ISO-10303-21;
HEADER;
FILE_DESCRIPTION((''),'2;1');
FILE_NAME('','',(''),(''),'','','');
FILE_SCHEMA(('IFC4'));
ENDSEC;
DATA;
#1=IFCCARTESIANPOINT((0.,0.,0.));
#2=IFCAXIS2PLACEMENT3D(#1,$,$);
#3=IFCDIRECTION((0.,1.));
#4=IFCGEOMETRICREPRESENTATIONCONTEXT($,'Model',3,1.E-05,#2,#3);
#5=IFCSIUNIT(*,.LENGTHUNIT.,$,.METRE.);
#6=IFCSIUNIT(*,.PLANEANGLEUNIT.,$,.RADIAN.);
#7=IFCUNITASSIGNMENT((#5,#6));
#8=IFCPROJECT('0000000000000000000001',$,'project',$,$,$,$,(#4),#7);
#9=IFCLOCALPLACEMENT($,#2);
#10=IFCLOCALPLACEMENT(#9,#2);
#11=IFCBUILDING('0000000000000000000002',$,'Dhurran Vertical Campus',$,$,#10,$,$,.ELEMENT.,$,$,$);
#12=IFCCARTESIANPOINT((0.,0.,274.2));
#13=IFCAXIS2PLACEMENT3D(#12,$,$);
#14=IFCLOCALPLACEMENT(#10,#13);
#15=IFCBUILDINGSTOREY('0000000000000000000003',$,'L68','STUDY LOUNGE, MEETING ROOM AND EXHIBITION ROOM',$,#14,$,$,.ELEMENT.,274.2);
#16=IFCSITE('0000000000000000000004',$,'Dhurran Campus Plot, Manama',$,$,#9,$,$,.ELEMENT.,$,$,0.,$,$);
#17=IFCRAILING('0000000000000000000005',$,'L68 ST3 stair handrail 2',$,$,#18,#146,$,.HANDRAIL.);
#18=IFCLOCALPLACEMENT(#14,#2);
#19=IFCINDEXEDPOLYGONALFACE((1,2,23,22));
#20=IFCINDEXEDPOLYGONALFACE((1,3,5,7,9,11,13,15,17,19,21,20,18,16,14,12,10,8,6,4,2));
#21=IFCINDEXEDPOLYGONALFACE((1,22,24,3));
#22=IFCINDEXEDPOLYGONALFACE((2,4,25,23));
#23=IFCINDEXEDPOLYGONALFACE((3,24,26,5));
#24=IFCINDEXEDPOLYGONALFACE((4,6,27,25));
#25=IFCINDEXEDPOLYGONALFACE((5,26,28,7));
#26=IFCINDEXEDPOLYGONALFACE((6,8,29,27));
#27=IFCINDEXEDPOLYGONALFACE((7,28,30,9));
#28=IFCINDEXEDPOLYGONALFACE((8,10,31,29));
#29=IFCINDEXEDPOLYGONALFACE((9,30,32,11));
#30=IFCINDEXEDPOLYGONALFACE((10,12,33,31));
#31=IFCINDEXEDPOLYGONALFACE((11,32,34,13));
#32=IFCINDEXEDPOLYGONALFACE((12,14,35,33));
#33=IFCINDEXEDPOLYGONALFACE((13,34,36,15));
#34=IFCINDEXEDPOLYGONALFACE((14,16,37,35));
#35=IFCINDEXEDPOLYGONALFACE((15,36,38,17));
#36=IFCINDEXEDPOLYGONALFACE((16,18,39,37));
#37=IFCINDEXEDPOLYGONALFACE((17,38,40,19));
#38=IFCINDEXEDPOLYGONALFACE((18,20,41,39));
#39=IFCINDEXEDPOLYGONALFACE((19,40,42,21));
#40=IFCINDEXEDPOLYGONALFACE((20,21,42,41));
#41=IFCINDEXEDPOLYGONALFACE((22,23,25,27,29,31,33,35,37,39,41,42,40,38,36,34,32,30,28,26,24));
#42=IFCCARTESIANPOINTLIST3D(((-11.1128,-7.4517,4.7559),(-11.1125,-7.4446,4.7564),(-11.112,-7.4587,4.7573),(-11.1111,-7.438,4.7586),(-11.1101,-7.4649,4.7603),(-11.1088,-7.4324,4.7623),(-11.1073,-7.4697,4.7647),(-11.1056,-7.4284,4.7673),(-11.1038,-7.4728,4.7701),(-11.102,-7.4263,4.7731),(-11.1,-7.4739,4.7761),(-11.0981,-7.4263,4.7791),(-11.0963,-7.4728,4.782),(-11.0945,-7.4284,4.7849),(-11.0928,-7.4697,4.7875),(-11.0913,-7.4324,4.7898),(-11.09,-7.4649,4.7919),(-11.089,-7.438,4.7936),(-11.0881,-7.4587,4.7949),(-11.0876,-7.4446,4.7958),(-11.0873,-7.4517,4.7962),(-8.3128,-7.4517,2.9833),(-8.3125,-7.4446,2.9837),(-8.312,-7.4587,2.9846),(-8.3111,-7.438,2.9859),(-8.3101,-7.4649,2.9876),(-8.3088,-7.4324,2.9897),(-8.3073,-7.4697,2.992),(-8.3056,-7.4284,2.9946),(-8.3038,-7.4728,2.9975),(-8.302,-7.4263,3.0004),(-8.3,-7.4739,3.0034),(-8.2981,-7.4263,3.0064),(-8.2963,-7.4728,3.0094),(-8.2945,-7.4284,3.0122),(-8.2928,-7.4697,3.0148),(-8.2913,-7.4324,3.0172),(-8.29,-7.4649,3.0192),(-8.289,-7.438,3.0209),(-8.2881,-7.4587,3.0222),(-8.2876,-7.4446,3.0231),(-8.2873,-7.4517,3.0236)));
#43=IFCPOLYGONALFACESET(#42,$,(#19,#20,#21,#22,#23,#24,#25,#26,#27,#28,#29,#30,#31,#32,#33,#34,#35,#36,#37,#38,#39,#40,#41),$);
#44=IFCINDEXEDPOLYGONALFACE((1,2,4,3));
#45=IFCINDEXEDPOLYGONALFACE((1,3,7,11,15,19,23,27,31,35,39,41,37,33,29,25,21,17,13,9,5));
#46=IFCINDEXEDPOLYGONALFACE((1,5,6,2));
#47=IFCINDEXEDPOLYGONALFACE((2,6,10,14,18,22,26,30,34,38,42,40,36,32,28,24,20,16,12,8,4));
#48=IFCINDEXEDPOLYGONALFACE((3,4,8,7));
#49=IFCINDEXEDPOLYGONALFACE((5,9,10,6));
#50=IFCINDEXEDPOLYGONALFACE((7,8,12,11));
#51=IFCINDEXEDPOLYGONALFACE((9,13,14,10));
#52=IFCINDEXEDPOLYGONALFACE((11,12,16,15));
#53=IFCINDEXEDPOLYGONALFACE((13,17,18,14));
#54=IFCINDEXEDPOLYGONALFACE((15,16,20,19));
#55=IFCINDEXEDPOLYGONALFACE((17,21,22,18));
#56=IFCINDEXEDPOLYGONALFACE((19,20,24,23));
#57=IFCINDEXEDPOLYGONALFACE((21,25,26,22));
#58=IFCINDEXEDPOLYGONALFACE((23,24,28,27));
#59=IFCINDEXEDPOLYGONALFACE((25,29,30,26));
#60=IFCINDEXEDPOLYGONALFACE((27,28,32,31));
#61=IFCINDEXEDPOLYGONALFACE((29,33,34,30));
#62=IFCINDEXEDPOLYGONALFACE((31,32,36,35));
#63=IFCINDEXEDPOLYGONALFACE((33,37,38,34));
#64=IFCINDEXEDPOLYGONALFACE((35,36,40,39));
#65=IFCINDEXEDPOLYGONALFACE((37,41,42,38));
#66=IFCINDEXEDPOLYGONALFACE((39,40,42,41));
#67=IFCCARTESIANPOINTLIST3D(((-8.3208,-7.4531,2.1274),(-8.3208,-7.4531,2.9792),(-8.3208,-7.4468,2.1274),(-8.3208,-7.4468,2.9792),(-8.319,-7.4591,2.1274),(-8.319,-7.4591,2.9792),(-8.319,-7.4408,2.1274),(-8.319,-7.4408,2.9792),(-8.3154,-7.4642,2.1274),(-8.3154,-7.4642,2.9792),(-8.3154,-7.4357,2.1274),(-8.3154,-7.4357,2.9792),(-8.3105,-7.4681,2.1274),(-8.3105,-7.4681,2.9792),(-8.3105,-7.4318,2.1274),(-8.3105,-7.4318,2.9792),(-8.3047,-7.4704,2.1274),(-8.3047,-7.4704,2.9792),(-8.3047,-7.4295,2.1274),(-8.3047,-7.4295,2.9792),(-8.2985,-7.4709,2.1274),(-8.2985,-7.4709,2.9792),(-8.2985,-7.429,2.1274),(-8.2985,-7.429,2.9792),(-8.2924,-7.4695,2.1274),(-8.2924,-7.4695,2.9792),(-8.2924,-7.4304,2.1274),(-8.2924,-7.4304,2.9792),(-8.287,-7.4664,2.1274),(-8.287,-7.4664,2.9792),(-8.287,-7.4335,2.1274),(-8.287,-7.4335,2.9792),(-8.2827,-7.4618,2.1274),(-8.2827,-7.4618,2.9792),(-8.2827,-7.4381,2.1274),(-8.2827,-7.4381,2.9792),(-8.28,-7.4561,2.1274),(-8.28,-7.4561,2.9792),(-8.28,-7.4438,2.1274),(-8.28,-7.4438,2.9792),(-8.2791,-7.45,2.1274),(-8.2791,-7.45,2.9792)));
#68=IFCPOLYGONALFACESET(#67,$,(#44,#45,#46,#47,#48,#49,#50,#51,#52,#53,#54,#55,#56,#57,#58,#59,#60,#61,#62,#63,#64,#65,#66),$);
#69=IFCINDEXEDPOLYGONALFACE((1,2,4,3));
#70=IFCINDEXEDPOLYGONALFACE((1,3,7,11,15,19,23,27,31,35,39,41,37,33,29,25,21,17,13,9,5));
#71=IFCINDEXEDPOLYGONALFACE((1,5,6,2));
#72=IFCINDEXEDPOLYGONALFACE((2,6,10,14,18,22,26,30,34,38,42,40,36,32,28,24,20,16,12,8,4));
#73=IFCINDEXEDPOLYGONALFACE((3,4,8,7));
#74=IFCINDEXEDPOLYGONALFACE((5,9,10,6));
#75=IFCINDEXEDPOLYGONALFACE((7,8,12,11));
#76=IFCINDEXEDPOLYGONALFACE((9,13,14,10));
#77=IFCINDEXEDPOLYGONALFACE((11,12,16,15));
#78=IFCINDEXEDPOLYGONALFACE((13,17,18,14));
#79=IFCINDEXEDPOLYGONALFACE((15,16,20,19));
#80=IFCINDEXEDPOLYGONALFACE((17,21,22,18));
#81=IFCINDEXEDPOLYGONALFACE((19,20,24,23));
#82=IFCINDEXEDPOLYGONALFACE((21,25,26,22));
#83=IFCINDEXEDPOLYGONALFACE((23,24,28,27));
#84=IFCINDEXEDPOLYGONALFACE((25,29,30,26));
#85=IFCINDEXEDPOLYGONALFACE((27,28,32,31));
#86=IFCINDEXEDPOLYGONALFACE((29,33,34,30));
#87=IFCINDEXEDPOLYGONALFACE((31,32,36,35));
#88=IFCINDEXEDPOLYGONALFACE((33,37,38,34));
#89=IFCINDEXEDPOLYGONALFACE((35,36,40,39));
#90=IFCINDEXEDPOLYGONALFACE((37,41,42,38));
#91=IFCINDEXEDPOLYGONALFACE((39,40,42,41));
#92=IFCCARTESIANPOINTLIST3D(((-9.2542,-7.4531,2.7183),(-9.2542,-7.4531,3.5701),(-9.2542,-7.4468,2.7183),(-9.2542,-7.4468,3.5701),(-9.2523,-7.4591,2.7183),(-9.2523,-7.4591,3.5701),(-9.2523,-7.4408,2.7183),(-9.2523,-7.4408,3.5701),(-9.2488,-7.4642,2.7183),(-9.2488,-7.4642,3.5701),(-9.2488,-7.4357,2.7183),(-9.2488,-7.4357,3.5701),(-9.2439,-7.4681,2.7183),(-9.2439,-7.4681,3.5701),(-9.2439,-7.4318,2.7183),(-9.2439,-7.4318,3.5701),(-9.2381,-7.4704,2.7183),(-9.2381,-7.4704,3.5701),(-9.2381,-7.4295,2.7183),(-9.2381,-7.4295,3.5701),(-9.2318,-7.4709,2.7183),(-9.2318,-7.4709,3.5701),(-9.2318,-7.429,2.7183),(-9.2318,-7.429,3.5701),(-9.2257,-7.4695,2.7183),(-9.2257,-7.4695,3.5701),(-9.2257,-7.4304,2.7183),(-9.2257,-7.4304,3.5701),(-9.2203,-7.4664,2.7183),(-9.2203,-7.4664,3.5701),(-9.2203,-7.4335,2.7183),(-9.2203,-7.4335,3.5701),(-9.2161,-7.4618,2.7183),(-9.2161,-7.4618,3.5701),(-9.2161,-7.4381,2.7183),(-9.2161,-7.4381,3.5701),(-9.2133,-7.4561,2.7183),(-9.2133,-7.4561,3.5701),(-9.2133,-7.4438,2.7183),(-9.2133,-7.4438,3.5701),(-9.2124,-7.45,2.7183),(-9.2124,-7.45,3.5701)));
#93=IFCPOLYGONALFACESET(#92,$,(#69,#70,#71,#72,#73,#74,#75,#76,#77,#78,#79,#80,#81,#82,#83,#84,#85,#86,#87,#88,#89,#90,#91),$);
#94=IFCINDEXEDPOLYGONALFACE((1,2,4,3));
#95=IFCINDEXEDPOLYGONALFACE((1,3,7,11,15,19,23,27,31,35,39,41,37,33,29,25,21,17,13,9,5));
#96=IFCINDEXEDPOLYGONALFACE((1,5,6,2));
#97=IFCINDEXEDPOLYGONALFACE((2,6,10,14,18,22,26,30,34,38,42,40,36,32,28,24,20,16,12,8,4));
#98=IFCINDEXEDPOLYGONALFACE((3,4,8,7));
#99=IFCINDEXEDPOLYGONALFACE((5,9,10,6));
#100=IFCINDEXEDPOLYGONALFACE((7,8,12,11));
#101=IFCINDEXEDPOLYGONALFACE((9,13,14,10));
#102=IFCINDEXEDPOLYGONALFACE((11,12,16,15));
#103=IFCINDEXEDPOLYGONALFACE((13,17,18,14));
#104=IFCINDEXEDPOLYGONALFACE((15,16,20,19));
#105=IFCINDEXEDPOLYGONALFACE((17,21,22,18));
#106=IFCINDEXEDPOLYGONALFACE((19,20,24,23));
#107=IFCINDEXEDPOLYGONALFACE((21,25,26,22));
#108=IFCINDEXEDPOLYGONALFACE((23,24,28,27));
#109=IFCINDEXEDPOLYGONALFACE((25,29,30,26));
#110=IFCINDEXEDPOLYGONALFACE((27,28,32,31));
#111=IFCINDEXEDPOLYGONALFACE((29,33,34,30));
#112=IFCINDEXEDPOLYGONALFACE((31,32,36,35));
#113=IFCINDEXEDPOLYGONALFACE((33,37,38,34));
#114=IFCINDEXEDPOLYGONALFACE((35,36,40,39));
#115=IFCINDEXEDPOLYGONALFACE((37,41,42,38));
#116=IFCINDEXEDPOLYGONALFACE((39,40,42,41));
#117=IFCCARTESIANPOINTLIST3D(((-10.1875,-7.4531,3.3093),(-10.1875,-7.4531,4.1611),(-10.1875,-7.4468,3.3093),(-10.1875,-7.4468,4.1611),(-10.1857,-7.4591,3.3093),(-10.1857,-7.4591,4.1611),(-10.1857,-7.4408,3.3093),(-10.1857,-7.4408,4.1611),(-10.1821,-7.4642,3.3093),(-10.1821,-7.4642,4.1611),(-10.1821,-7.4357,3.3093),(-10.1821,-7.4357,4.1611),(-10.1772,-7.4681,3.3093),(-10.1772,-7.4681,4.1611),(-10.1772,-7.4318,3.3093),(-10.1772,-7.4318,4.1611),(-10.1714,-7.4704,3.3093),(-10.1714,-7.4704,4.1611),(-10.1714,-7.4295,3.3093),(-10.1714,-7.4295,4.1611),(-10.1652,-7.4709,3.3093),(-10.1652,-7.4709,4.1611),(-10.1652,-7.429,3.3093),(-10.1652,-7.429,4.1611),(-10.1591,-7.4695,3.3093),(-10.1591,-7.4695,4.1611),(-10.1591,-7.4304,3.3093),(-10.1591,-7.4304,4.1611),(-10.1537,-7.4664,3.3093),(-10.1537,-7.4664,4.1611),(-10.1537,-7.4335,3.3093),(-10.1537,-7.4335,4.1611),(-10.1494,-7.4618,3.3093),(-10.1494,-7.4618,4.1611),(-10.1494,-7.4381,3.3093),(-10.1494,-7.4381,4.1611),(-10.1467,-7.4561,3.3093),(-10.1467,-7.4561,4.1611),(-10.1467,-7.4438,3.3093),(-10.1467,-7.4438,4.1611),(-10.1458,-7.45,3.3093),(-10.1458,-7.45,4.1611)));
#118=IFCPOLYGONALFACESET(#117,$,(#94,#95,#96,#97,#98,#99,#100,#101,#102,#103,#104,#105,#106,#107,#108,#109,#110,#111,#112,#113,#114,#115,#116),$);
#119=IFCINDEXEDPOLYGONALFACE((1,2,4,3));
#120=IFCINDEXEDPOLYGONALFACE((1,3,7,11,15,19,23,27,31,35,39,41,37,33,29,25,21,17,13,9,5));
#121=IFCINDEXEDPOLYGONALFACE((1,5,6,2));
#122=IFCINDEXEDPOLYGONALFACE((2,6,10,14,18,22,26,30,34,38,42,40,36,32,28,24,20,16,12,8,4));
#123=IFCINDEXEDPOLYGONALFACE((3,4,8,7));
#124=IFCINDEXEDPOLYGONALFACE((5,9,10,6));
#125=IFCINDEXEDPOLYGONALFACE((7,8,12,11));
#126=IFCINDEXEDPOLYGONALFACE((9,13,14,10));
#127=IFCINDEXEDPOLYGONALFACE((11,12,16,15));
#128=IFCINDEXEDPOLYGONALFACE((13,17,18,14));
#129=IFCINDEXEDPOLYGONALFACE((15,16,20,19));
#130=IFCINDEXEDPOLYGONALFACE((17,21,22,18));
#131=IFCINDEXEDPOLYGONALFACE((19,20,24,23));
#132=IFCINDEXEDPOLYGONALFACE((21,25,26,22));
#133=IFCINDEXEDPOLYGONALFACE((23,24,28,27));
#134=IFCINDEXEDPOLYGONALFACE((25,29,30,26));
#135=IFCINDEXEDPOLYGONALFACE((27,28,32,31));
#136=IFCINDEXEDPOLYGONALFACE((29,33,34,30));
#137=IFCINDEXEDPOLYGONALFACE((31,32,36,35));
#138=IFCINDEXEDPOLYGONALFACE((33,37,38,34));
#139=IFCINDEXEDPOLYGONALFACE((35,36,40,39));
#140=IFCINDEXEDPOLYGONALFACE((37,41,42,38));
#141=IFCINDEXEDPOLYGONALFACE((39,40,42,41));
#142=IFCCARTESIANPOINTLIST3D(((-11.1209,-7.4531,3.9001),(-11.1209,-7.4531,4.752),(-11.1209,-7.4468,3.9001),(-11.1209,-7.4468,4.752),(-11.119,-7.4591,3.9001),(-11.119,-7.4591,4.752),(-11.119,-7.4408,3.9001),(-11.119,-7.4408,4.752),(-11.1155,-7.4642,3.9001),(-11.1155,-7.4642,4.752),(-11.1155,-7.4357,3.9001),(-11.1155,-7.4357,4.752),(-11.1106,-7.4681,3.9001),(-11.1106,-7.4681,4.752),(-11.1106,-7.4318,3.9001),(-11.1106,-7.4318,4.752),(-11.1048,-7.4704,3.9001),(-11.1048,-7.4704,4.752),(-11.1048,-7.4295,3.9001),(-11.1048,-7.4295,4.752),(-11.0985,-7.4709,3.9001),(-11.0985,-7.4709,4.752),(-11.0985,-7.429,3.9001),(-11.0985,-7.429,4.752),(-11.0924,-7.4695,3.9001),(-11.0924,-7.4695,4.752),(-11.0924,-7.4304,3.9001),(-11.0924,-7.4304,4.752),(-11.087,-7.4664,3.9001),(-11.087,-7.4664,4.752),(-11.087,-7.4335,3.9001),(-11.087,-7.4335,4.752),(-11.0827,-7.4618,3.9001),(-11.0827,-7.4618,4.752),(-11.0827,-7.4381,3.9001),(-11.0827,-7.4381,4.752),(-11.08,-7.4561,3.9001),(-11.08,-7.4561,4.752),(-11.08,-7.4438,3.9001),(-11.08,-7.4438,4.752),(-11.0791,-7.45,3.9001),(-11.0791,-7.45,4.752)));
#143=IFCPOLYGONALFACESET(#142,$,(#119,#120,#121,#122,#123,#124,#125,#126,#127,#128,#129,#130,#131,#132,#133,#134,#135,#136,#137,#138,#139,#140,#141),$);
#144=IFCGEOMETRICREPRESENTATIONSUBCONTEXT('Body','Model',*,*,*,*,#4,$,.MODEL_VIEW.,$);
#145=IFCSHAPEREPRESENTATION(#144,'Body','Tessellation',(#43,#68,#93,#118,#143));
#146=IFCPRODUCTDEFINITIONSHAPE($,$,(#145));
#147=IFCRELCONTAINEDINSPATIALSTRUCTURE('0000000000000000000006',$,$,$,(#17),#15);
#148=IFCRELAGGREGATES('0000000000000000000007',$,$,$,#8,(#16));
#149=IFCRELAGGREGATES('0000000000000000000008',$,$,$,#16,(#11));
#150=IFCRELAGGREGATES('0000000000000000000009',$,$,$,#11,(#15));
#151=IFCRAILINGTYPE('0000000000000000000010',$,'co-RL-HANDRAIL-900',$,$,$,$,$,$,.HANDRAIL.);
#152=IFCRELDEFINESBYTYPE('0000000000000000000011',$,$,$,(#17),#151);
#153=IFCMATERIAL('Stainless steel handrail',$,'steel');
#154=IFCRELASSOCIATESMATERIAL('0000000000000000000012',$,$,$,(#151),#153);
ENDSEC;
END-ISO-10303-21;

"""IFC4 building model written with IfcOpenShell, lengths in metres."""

from ifc_helpers import new_model, si_unit, direction, frame, origin, origin_2d, place, context, subcontext, project, spatial, circle, extrude, material, type_object, element, save


model = new_model("IFC4")

# Units and contexts
model_context = context("Model", 3, precision=1e-05, world=origin(), true_north=direction((0.0, 1.0)))
body_context = subcontext(model_context, "Body", "Model", "MODEL_VIEW")
ifc_project = project(units=[si_unit("LENGTHUNIT", "METRE"), si_unit("PLANEANGLEUNIT", "RADIAN")], contexts=[model_context])

# Site, building, storey
site_placement = place(None, origin())
site = spatial("IfcSite", under=ifc_project, at=site_placement, Name="Dhurran Campus Plot, Manama", CompositionType="ELEMENT", RefElevation=0.0)
building_placement = place(site_placement, origin())
building = spatial("IfcBuilding", under=site, at=building_placement, Name="Dhurran Vertical Campus", CompositionType="ELEMENT")
storey_placement = place(building_placement, frame((0.0, 0.0, 274.2)))
storey = spatial("IfcBuildingStorey", under=building, at=storey_placement, Name="L68", Description="STUDY LOUNGE, MEETING ROOM AND EXHIBITION ROOM", CompositionType="ELEMENT", Elevation=274.2)

# Railing
ifc_material_1 = material(Name="Stainless steel handrail", Category="steel")
railing_type_1 = type_object("IfcRailingType", Name="co-RL-HANDRAIL-900", PredefinedType="HANDRAIL", material=ifc_material_1)
railing_1_placement = place(storey_placement, frame((-8.3, -7.45, 2.1274)))
element("IfcRailing", 1, at=railing_1_placement, inside=storey, type_object=railing_type_1, Name="L68 ST3 stair handrail 2", PredefinedType="HANDRAIL", context=body_context, shape_type="SweptSolid", body=[
    extrude(circle(Radius=0.0239, at=origin_2d()), frame((0.0, 0.0, 0.876), z_axis=(-0.844909, 0.0, 0.53491), x_axis=(0.0, -1.0, 0.0)), (0.0, 0.0, 1.0), 3.314),
    extrude(circle(Radius=0.021, at=origin_2d()), origin(), (0.0, 0.0, 1.0), 0.8518),
    extrude(circle(Radius=0.021, at=origin_2d()), frame((-0.9333, 0.0, 0.5908)), (0.0, 0.0, 1.0), 0.8518),
    extrude(circle(Radius=0.021, at=origin_2d()), frame((-1.8667, 0.0, 1.1819)), (0.0, 0.0, 1.0), 0.8518),
    extrude(circle(Radius=0.021, at=origin_2d()), frame((-2.8, 0.0, 1.7727)), (0.0, 0.0, 1.0), 0.8518),
])

save(model, "model.ifc")
